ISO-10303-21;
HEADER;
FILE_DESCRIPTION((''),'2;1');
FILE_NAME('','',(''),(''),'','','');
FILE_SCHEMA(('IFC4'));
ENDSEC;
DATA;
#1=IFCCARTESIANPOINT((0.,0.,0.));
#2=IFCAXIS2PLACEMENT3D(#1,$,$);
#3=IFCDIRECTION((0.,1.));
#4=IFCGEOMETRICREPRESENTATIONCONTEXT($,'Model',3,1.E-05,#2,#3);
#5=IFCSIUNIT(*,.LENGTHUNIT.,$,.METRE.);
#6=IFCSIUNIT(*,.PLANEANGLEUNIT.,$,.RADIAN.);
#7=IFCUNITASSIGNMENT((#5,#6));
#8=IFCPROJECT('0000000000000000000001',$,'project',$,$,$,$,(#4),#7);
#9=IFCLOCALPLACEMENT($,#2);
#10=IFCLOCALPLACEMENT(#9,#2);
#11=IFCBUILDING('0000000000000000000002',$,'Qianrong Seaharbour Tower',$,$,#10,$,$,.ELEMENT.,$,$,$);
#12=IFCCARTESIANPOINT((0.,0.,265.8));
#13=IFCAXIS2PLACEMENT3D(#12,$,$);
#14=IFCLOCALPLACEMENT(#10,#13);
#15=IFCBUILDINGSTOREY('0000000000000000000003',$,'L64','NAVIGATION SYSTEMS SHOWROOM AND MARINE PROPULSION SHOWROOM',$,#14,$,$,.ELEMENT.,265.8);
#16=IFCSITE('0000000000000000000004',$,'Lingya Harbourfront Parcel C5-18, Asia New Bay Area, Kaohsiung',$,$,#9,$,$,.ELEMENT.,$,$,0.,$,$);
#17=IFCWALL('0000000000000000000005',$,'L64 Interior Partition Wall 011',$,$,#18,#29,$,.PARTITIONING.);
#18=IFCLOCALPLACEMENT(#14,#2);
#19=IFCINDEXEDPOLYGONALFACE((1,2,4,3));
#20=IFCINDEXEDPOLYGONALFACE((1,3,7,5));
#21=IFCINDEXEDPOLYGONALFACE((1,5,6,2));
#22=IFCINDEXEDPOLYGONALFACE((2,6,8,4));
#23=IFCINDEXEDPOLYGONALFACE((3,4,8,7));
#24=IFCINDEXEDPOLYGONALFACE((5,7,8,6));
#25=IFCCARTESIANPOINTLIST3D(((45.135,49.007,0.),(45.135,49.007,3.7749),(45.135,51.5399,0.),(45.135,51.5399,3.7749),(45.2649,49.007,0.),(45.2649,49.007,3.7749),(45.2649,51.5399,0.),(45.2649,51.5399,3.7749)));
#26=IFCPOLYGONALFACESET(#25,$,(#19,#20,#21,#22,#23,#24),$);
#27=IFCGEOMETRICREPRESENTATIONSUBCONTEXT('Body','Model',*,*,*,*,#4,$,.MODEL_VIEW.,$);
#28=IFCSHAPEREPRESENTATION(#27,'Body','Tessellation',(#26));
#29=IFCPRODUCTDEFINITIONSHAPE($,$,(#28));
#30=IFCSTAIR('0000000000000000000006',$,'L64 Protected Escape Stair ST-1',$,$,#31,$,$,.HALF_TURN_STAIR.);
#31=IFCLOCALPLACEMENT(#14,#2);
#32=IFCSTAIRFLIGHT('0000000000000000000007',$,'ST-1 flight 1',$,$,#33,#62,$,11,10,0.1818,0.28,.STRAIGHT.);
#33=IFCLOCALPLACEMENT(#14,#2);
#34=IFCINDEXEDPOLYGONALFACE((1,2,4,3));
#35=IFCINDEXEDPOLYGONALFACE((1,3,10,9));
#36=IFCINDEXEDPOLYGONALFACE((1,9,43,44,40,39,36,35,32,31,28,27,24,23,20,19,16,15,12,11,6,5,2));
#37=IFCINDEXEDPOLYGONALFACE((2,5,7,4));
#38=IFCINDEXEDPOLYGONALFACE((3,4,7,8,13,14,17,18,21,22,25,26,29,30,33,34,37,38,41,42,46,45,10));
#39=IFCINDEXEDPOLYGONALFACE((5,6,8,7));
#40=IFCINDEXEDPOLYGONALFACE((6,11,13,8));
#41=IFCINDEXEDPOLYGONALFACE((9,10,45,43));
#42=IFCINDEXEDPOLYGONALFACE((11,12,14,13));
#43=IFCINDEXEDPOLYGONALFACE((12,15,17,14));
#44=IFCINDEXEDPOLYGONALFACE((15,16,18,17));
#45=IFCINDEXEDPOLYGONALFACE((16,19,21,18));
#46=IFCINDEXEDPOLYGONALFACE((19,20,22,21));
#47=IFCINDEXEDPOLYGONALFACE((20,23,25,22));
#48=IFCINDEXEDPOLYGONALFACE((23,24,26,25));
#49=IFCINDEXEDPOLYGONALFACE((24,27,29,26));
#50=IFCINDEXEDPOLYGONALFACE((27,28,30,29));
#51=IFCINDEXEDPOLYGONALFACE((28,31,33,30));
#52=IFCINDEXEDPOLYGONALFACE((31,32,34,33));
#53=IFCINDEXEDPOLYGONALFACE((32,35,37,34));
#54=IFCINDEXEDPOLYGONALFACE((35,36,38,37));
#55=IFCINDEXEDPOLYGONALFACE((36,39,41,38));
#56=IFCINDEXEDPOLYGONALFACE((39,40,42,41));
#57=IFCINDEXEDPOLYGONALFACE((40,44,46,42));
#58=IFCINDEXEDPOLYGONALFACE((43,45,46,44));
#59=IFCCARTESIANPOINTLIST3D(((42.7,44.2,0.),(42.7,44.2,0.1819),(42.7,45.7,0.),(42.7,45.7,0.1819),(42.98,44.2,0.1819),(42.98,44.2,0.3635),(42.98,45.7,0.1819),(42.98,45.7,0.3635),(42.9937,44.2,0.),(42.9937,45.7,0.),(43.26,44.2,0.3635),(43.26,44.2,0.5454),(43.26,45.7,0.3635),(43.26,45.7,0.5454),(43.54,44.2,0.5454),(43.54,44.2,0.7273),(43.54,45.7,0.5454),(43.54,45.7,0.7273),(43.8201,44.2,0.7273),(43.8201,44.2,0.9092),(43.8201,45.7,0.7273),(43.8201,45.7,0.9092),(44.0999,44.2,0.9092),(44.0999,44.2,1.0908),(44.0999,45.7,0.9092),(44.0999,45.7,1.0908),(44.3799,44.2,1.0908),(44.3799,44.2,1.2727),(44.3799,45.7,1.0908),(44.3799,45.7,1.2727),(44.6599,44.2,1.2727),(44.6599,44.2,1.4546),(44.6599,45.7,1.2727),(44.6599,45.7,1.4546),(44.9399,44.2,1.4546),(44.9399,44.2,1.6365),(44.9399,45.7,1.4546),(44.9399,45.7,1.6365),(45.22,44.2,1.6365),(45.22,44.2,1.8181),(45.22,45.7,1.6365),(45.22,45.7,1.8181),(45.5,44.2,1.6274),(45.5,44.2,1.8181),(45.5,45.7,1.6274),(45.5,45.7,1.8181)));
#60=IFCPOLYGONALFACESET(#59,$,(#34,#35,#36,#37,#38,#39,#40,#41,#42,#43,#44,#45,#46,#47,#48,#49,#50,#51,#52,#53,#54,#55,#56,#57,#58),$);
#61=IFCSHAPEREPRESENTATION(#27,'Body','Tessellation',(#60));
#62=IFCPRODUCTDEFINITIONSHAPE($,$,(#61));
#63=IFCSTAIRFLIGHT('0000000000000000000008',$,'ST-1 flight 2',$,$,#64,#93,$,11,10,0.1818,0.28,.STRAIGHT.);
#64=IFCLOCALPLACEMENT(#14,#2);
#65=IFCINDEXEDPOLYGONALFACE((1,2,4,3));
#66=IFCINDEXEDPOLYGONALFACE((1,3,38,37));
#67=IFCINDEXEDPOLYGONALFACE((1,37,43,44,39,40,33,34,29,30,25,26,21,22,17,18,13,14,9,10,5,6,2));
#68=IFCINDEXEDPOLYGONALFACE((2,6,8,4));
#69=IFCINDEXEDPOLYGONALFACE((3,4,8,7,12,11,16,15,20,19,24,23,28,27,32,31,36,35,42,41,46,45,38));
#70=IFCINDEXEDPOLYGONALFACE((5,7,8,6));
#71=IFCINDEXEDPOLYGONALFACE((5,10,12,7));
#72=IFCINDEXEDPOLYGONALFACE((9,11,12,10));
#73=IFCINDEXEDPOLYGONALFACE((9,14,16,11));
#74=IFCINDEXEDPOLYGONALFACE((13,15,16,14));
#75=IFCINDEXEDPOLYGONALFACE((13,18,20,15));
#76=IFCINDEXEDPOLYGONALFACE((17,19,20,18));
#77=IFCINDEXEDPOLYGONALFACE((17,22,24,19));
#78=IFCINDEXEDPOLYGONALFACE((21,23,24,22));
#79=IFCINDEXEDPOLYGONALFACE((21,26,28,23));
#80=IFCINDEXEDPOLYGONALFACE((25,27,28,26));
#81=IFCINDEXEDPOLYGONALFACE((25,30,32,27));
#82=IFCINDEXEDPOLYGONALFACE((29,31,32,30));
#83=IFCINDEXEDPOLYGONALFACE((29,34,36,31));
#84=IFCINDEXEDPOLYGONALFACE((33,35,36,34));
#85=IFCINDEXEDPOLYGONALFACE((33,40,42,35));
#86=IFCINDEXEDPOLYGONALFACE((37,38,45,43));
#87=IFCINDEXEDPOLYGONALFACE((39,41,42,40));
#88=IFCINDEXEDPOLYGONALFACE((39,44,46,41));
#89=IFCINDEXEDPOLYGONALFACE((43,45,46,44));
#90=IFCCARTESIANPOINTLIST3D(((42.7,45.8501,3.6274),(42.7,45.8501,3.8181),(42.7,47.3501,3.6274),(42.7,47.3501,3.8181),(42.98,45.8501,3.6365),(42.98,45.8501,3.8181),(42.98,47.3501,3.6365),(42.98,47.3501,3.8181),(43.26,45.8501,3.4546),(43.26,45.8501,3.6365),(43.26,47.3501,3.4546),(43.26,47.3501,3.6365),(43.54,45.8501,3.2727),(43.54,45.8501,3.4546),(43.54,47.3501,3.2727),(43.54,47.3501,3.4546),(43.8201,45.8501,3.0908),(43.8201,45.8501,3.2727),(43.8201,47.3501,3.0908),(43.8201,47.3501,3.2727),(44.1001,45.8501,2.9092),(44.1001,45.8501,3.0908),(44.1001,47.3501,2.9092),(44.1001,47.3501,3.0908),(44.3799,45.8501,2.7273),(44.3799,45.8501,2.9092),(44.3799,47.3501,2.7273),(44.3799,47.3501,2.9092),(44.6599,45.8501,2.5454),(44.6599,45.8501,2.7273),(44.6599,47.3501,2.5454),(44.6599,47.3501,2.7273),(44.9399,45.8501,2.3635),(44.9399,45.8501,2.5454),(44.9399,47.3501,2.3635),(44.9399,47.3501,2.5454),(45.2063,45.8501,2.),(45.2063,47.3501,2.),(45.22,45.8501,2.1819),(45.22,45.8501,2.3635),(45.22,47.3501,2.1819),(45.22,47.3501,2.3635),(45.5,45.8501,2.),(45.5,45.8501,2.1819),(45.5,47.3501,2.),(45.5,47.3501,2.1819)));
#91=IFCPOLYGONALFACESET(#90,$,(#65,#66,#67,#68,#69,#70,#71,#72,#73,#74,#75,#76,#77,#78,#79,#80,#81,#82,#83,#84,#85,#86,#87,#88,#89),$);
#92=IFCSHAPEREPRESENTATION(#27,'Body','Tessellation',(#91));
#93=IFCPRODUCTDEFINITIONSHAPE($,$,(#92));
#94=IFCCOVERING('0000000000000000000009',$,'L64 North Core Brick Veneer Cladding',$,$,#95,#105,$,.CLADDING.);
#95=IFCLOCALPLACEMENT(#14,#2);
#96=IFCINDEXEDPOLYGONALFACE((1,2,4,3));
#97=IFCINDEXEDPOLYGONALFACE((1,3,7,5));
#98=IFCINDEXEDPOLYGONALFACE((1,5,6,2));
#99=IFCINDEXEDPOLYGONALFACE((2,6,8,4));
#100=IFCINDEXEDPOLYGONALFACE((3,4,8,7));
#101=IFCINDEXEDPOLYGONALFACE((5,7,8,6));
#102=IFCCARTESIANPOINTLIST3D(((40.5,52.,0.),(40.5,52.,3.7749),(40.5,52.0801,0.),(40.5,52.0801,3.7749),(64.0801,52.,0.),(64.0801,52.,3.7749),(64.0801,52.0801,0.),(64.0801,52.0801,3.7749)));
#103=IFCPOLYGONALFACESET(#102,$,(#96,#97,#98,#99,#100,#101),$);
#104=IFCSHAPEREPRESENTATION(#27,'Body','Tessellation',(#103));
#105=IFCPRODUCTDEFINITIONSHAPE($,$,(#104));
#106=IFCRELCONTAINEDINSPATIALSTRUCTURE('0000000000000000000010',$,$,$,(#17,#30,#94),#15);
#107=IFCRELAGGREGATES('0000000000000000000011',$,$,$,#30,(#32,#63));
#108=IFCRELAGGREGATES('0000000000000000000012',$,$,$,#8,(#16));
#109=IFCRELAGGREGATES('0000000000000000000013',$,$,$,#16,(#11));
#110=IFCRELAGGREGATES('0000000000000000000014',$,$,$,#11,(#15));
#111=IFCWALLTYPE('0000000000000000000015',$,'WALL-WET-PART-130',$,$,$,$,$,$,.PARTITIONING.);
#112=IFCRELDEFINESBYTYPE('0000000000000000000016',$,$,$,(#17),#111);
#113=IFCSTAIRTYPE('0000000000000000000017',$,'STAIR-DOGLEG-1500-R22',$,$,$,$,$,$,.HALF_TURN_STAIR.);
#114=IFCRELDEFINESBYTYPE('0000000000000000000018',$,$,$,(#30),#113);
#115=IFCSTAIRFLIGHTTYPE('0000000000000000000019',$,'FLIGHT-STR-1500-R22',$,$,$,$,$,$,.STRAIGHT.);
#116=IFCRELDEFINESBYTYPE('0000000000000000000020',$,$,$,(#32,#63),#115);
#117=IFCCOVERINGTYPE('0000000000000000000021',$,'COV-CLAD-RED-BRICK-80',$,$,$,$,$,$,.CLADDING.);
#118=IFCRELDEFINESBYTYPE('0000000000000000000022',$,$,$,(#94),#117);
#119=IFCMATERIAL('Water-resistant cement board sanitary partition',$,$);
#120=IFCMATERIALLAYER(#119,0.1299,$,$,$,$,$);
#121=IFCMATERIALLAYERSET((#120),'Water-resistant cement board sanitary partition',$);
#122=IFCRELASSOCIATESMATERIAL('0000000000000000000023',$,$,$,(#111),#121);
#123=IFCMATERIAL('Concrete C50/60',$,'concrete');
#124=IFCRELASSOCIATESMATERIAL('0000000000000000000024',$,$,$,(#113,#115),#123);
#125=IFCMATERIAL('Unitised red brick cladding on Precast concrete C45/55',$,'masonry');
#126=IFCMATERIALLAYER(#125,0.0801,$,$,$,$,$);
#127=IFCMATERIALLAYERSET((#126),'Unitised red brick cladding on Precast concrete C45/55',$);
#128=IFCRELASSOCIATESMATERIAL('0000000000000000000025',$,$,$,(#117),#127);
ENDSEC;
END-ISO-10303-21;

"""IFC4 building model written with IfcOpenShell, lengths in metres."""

from ifc_helpers import new_model, si_unit, direction, frame, frame_2d, origin, origin_2d, place, context, subcontext, project, spatial, polyline, rectangle, outline, extrude, material, layer, layer_set, type_object, element, aggregate, save


model = new_model("IFC4")

# Units and contexts
model_context = context("Model", 3, precision=1e-05, world=origin(), true_north=direction((0.0, 1.0)))
body_context = subcontext(model_context, "Body", "Model", "MODEL_VIEW")
ifc_project = project(units=[si_unit("LENGTHUNIT", "METRE"), si_unit("PLANEANGLEUNIT", "RADIAN")], contexts=[model_context])

# Site, building, storey
site_placement = place(None, origin())
site = spatial("IfcSite", under=ifc_project, at=site_placement, Name="Lingya Harbourfront Parcel C5-18, Asia New Bay Area, Kaohsiung", CompositionType="ELEMENT", RefElevation=0.0)
building_placement = place(site_placement, origin())
building = spatial("IfcBuilding", under=site, at=building_placement, Name="Qianrong Seaharbour Tower", CompositionType="ELEMENT")
storey_placement = place(building_placement, frame((0.0, 0.0, 265.8)))
storey = spatial("IfcBuildingStorey", under=building, at=storey_placement, Name="L64", Description="NAVIGATION SYSTEMS SHOWROOM AND MARINE PROPULSION SHOWROOM", CompositionType="ELEMENT", Elevation=265.8)

# Shared definitions
ifc_material_1 = material(Name="Concrete C50/60", Category="concrete")

# Shared definitions
ifc_material_2 = material(Name="Water-resistant cement board sanitary partition")
ifc_layer_1 = layer(ifc_material_2, 0.1299)
ifc_layer_set_1 = layer_set([ifc_layer_1], Name="Water-resistant cement board sanitary partition")
wall_type_1 = type_object("IfcWallType", Name="WALL-WET-PART-130", PredefinedType="PARTITIONING", material=ifc_layer_set_1)

# Wall
wall_1_placement = place(storey_placement, frame((45.2, 51.54, 0.0), z_axis=(0.0, 0.0, 1.0), x_axis=(0.0, -1.0, 0.0)))
element("IfcWall", 1, at=wall_1_placement, inside=storey, type_object=wall_type_1, Name="L64 Interior Partition Wall 011", PredefinedType="PARTITIONING", context=body_context, shape_type="SweptSolid", body=[
    extrude(rectangle(XDim=2.533, YDim=0.1299, at=frame_2d((1.2666, 0.0))), origin(), (0.0, 0.0, 1.0), 3.7749),
])

# Stair, stair flights
stair_type = type_object("IfcStairType", Name="STAIR-DOGLEG-1500-R22", PredefinedType="HALF_TURN_STAIR", material=ifc_material_1)
stair_placement = place(storey_placement, origin())
stair = element("IfcStair", 2, at=stair_placement, inside=storey, type_object=stair_type, Name="L64 Protected Escape Stair ST-1", PredefinedType="HALF_TURN_STAIR")
stair_flight_type = type_object("IfcStairFlightType", Name="FLIGHT-STR-1500-R22", PredefinedType="STRAIGHT", material=ifc_material_1)
stair_flight_1_placement = place(storey_placement, frame((42.7, 44.95, 0.0), z_axis=(0.0, 0.0, 1.0), x_axis=(1.0, 0.0, 0.0)))
stair_flight_1 = element("IfcStairFlight", 3, at=stair_flight_1_placement, type_object=stair_flight_type, Name="ST-1 flight 1", NumberOfRisers=11, NumberOfTreads=10, PredefinedType="STRAIGHT", RiserHeight=0.1818, TreadLength=0.28, context=body_context, shape_type="SweptSolid", body=[
    extrude(outline(polyline([(0.0, 0.0), (0.0, 0.1819), (0.28, 0.1819), (0.28, 0.3635), (0.5601, 0.3635), (0.5601, 0.5454), (0.8401, 0.5454), (0.8401, 0.7273), (1.1201, 0.7273), (1.1201, 0.9092), (1.3999, 0.9092), (1.3999, 1.0908), (1.6799, 1.0908), (1.6799, 1.2727), (1.96, 1.2727), (1.96, 1.4546), (2.24, 1.4546), (2.24, 1.6365), (2.52, 1.6365), (2.52, 1.8181), (2.8, 1.8181), (2.8, 2.0), (2.8, 1.6274), (0.2937, 0.0), (0.0, 0.0)])), frame((0.0, 0.75, 0.0), z_axis=(0.0, -1.0, 0.0), x_axis=(1.0, 0.0, 0.0)), (0.0, 0.0, 1.0), 1.5),
])
stair_flight_2_placement = place(storey_placement, frame((45.5, 46.6001, 2.0), z_axis=(0.0, 0.0, 1.0), x_axis=(-1.0, 0.0, 0.0)))
stair_flight_2 = element("IfcStairFlight", 4, at=stair_flight_2_placement, type_object=stair_flight_type, Name="ST-1 flight 2", NumberOfRisers=11, NumberOfTreads=10, PredefinedType="STRAIGHT", RiserHeight=0.1818, TreadLength=0.28, context=body_context, shape_type="SweptSolid", body=[
    extrude(outline(polyline([(0.0, 0.0), (0.0, 0.1819), (0.28, 0.1819), (0.28, 0.3635), (0.5601, 0.3635), (0.5601, 0.5454), (0.8401, 0.5454), (0.8401, 0.7273), (1.1201, 0.7273), (1.1201, 0.9092), (1.3999, 0.9092), (1.3999, 1.0908), (1.6799, 1.0908), (1.6799, 1.2727), (1.96, 1.2727), (1.96, 1.4546), (2.24, 1.4546), (2.24, 1.6365), (2.52, 1.6365), (2.52, 1.8181), (2.8, 1.8181), (2.8, 2.0), (2.8, 1.6274), (0.2937, 0.0), (0.0, 0.0)])), frame((0.0, 0.75, 0.0), z_axis=(0.0, -1.0, 0.0), x_axis=(1.0, 0.0, 0.0)), (0.0, 0.0, 1.0), 1.5),
])
aggregate(stair, [stair_flight_1, stair_flight_2])

# Covering
ifc_material_3 = material(Name="Unitised red brick cladding on Precast concrete C45/55", Category="masonry")
ifc_layer_2 = layer(ifc_material_3, 0.0801)
ifc_layer_set_2 = layer_set([ifc_layer_2], Name="Unitised red brick cladding on Precast concrete C45/55")
covering_type = type_object("IfcCoveringType", Name="COV-CLAD-RED-BRICK-80", PredefinedType="CLADDING", material=ifc_layer_set_2)
covering_placement = place(storey_placement, frame((52.29, 52.04, 0.0), z_axis=(0.0, 0.0, 1.0), x_axis=(1.0, 0.0, 0.0)))
element("IfcCovering", 5, at=covering_placement, inside=storey, type_object=covering_type, Name="L64 North Core Brick Veneer Cladding", PredefinedType="CLADDING", context=body_context, shape_type="SweptSolid", body=[
    extrude(rectangle(XDim=23.5801, YDim=0.0801, at=origin_2d()), origin(), (0.0, 0.0, 1.0), 3.7749),
])

save(model, "model.ifc")
